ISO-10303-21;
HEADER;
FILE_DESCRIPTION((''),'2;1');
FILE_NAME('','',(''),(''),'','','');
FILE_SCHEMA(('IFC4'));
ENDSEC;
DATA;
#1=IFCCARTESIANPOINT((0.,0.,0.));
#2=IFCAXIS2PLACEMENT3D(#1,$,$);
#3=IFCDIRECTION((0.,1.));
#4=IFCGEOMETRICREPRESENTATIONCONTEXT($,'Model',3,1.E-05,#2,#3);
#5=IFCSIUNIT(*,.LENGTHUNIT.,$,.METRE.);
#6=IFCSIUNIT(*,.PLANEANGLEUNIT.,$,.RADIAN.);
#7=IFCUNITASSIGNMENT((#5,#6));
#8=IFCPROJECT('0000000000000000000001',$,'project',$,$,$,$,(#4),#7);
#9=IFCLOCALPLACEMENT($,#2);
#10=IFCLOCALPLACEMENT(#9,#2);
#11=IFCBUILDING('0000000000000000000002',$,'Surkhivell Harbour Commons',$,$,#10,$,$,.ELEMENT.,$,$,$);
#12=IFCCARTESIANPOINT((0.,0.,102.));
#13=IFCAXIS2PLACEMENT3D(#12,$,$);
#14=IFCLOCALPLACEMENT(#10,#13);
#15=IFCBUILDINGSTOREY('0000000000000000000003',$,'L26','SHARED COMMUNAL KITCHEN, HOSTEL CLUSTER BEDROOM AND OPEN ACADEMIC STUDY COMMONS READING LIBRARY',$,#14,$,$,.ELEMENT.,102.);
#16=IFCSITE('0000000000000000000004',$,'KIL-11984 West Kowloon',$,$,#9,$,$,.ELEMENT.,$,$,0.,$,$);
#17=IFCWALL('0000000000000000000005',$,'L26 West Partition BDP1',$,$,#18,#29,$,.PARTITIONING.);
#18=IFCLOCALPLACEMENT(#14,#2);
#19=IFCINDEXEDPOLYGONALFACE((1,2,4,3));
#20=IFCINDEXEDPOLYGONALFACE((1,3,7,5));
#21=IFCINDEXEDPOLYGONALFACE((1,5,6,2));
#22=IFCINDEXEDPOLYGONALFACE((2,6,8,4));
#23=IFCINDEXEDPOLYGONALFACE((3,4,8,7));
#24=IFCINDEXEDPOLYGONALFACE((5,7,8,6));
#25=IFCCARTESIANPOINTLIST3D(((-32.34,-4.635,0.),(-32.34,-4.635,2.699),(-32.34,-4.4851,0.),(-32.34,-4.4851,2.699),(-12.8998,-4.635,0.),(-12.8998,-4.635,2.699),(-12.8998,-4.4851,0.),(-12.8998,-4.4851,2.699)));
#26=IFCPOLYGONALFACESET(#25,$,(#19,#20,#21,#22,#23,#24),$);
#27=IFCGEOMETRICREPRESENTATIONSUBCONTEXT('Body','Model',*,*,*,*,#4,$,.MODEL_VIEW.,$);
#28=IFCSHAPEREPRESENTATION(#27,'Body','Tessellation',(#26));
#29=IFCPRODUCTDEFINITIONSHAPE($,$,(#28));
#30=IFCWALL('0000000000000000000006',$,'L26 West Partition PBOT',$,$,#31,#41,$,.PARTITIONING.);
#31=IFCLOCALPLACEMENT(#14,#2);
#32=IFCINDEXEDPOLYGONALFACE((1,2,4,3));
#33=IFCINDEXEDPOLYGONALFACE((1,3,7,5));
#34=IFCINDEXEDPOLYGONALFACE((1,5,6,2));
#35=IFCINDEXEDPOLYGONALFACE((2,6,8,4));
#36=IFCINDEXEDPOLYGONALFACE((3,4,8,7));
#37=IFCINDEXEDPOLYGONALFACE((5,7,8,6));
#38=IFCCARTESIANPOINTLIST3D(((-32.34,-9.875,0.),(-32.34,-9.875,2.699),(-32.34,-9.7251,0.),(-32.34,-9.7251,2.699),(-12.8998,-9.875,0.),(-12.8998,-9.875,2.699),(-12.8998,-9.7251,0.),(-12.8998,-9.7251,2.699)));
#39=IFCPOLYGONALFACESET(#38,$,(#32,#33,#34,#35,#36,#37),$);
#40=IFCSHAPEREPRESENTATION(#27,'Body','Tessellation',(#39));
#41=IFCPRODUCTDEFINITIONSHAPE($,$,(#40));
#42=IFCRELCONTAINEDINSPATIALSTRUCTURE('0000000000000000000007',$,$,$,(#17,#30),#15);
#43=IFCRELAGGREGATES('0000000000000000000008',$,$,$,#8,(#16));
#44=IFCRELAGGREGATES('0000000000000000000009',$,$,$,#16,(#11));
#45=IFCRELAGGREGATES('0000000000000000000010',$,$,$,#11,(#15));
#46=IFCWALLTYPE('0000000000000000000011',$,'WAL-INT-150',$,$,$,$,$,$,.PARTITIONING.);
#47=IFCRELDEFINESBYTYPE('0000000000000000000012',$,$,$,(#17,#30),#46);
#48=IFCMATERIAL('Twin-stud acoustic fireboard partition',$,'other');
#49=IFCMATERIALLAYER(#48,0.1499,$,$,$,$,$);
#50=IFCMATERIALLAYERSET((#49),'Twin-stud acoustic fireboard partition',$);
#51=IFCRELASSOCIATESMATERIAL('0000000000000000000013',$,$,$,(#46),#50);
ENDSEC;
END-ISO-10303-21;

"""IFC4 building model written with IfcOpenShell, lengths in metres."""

from ifc_helpers import new_model, si_unit, direction, frame, frame_2d, origin, place, context, subcontext, project, spatial, rectangle, extrude, material, layer, layer_set, type_object, element, save


model = new_model("IFC4")

# Units and contexts
model_context = context("Model", 3, precision=1e-05, world=origin(), true_north=direction((0.0, 1.0)))
body_context = subcontext(model_context, "Body", "Model", "MODEL_VIEW")
ifc_project = project(units=[si_unit("LENGTHUNIT", "METRE"), si_unit("PLANEANGLEUNIT", "RADIAN")], contexts=[model_context])

# Site, building, storey
site_placement = place(None, origin())
site = spatial("IfcSite", under=ifc_project, at=site_placement, Name="KIL-11984 West Kowloon", CompositionType="ELEMENT", RefElevation=0.0)
building_placement = place(site_placement, origin())
building = spatial("IfcBuilding", under=site, at=building_placement, Name="Surkhivell Harbour Commons", CompositionType="ELEMENT")
storey_placement = place(building_placement, frame((0.0, 0.0, 102.0)))
storey = spatial("IfcBuildingStorey", under=building, at=storey_placement, Name="L26", Description="SHARED COMMUNAL KITCHEN, HOSTEL CLUSTER BEDROOM AND OPEN ACADEMIC STUDY COMMONS READING LIBRARY", CompositionType="ELEMENT", Elevation=102.0)

# Walls
ifc_material_1 = material(Name="Twin-stud acoustic fireboard partition", Category="other")
ifc_layer_1 = layer(ifc_material_1, 0.1499)
ifc_layer_set_1 = layer_set([ifc_layer_1], Name="Twin-stud acoustic fireboard partition")
wall_type_1 = type_object("IfcWallType", Name="WAL-INT-150", PredefinedType="PARTITIONING", material=ifc_layer_set_1)
for number, where, z_axis, x_axis, name in (
    (1, (-32.3401, -4.5601, 0.0), (0.0, 0.0, 1.0), (1.0, 0.0, 0.0), "L26 West Partition BDP1"),
    (2, (-32.3401, -9.8, 0.0), (0.0, 0.0, 1.0), (1.0, 0.0, 0.0), "L26 West Partition PBOT"),
):
    element("IfcWall", number, at=place(storey_placement, frame(where, z_axis=z_axis, x_axis=x_axis)), inside=storey, type_object=wall_type_1, Name=name, PredefinedType="PARTITIONING", context=body_context, shape_type="SweptSolid", body=[
        extrude(rectangle(XDim=19.4402, YDim=0.1499, at=frame_2d((9.7202, 0.0))), origin(), (0.0, 0.0, 1.0), 2.699),
    ])

save(model, "model.ifc")
